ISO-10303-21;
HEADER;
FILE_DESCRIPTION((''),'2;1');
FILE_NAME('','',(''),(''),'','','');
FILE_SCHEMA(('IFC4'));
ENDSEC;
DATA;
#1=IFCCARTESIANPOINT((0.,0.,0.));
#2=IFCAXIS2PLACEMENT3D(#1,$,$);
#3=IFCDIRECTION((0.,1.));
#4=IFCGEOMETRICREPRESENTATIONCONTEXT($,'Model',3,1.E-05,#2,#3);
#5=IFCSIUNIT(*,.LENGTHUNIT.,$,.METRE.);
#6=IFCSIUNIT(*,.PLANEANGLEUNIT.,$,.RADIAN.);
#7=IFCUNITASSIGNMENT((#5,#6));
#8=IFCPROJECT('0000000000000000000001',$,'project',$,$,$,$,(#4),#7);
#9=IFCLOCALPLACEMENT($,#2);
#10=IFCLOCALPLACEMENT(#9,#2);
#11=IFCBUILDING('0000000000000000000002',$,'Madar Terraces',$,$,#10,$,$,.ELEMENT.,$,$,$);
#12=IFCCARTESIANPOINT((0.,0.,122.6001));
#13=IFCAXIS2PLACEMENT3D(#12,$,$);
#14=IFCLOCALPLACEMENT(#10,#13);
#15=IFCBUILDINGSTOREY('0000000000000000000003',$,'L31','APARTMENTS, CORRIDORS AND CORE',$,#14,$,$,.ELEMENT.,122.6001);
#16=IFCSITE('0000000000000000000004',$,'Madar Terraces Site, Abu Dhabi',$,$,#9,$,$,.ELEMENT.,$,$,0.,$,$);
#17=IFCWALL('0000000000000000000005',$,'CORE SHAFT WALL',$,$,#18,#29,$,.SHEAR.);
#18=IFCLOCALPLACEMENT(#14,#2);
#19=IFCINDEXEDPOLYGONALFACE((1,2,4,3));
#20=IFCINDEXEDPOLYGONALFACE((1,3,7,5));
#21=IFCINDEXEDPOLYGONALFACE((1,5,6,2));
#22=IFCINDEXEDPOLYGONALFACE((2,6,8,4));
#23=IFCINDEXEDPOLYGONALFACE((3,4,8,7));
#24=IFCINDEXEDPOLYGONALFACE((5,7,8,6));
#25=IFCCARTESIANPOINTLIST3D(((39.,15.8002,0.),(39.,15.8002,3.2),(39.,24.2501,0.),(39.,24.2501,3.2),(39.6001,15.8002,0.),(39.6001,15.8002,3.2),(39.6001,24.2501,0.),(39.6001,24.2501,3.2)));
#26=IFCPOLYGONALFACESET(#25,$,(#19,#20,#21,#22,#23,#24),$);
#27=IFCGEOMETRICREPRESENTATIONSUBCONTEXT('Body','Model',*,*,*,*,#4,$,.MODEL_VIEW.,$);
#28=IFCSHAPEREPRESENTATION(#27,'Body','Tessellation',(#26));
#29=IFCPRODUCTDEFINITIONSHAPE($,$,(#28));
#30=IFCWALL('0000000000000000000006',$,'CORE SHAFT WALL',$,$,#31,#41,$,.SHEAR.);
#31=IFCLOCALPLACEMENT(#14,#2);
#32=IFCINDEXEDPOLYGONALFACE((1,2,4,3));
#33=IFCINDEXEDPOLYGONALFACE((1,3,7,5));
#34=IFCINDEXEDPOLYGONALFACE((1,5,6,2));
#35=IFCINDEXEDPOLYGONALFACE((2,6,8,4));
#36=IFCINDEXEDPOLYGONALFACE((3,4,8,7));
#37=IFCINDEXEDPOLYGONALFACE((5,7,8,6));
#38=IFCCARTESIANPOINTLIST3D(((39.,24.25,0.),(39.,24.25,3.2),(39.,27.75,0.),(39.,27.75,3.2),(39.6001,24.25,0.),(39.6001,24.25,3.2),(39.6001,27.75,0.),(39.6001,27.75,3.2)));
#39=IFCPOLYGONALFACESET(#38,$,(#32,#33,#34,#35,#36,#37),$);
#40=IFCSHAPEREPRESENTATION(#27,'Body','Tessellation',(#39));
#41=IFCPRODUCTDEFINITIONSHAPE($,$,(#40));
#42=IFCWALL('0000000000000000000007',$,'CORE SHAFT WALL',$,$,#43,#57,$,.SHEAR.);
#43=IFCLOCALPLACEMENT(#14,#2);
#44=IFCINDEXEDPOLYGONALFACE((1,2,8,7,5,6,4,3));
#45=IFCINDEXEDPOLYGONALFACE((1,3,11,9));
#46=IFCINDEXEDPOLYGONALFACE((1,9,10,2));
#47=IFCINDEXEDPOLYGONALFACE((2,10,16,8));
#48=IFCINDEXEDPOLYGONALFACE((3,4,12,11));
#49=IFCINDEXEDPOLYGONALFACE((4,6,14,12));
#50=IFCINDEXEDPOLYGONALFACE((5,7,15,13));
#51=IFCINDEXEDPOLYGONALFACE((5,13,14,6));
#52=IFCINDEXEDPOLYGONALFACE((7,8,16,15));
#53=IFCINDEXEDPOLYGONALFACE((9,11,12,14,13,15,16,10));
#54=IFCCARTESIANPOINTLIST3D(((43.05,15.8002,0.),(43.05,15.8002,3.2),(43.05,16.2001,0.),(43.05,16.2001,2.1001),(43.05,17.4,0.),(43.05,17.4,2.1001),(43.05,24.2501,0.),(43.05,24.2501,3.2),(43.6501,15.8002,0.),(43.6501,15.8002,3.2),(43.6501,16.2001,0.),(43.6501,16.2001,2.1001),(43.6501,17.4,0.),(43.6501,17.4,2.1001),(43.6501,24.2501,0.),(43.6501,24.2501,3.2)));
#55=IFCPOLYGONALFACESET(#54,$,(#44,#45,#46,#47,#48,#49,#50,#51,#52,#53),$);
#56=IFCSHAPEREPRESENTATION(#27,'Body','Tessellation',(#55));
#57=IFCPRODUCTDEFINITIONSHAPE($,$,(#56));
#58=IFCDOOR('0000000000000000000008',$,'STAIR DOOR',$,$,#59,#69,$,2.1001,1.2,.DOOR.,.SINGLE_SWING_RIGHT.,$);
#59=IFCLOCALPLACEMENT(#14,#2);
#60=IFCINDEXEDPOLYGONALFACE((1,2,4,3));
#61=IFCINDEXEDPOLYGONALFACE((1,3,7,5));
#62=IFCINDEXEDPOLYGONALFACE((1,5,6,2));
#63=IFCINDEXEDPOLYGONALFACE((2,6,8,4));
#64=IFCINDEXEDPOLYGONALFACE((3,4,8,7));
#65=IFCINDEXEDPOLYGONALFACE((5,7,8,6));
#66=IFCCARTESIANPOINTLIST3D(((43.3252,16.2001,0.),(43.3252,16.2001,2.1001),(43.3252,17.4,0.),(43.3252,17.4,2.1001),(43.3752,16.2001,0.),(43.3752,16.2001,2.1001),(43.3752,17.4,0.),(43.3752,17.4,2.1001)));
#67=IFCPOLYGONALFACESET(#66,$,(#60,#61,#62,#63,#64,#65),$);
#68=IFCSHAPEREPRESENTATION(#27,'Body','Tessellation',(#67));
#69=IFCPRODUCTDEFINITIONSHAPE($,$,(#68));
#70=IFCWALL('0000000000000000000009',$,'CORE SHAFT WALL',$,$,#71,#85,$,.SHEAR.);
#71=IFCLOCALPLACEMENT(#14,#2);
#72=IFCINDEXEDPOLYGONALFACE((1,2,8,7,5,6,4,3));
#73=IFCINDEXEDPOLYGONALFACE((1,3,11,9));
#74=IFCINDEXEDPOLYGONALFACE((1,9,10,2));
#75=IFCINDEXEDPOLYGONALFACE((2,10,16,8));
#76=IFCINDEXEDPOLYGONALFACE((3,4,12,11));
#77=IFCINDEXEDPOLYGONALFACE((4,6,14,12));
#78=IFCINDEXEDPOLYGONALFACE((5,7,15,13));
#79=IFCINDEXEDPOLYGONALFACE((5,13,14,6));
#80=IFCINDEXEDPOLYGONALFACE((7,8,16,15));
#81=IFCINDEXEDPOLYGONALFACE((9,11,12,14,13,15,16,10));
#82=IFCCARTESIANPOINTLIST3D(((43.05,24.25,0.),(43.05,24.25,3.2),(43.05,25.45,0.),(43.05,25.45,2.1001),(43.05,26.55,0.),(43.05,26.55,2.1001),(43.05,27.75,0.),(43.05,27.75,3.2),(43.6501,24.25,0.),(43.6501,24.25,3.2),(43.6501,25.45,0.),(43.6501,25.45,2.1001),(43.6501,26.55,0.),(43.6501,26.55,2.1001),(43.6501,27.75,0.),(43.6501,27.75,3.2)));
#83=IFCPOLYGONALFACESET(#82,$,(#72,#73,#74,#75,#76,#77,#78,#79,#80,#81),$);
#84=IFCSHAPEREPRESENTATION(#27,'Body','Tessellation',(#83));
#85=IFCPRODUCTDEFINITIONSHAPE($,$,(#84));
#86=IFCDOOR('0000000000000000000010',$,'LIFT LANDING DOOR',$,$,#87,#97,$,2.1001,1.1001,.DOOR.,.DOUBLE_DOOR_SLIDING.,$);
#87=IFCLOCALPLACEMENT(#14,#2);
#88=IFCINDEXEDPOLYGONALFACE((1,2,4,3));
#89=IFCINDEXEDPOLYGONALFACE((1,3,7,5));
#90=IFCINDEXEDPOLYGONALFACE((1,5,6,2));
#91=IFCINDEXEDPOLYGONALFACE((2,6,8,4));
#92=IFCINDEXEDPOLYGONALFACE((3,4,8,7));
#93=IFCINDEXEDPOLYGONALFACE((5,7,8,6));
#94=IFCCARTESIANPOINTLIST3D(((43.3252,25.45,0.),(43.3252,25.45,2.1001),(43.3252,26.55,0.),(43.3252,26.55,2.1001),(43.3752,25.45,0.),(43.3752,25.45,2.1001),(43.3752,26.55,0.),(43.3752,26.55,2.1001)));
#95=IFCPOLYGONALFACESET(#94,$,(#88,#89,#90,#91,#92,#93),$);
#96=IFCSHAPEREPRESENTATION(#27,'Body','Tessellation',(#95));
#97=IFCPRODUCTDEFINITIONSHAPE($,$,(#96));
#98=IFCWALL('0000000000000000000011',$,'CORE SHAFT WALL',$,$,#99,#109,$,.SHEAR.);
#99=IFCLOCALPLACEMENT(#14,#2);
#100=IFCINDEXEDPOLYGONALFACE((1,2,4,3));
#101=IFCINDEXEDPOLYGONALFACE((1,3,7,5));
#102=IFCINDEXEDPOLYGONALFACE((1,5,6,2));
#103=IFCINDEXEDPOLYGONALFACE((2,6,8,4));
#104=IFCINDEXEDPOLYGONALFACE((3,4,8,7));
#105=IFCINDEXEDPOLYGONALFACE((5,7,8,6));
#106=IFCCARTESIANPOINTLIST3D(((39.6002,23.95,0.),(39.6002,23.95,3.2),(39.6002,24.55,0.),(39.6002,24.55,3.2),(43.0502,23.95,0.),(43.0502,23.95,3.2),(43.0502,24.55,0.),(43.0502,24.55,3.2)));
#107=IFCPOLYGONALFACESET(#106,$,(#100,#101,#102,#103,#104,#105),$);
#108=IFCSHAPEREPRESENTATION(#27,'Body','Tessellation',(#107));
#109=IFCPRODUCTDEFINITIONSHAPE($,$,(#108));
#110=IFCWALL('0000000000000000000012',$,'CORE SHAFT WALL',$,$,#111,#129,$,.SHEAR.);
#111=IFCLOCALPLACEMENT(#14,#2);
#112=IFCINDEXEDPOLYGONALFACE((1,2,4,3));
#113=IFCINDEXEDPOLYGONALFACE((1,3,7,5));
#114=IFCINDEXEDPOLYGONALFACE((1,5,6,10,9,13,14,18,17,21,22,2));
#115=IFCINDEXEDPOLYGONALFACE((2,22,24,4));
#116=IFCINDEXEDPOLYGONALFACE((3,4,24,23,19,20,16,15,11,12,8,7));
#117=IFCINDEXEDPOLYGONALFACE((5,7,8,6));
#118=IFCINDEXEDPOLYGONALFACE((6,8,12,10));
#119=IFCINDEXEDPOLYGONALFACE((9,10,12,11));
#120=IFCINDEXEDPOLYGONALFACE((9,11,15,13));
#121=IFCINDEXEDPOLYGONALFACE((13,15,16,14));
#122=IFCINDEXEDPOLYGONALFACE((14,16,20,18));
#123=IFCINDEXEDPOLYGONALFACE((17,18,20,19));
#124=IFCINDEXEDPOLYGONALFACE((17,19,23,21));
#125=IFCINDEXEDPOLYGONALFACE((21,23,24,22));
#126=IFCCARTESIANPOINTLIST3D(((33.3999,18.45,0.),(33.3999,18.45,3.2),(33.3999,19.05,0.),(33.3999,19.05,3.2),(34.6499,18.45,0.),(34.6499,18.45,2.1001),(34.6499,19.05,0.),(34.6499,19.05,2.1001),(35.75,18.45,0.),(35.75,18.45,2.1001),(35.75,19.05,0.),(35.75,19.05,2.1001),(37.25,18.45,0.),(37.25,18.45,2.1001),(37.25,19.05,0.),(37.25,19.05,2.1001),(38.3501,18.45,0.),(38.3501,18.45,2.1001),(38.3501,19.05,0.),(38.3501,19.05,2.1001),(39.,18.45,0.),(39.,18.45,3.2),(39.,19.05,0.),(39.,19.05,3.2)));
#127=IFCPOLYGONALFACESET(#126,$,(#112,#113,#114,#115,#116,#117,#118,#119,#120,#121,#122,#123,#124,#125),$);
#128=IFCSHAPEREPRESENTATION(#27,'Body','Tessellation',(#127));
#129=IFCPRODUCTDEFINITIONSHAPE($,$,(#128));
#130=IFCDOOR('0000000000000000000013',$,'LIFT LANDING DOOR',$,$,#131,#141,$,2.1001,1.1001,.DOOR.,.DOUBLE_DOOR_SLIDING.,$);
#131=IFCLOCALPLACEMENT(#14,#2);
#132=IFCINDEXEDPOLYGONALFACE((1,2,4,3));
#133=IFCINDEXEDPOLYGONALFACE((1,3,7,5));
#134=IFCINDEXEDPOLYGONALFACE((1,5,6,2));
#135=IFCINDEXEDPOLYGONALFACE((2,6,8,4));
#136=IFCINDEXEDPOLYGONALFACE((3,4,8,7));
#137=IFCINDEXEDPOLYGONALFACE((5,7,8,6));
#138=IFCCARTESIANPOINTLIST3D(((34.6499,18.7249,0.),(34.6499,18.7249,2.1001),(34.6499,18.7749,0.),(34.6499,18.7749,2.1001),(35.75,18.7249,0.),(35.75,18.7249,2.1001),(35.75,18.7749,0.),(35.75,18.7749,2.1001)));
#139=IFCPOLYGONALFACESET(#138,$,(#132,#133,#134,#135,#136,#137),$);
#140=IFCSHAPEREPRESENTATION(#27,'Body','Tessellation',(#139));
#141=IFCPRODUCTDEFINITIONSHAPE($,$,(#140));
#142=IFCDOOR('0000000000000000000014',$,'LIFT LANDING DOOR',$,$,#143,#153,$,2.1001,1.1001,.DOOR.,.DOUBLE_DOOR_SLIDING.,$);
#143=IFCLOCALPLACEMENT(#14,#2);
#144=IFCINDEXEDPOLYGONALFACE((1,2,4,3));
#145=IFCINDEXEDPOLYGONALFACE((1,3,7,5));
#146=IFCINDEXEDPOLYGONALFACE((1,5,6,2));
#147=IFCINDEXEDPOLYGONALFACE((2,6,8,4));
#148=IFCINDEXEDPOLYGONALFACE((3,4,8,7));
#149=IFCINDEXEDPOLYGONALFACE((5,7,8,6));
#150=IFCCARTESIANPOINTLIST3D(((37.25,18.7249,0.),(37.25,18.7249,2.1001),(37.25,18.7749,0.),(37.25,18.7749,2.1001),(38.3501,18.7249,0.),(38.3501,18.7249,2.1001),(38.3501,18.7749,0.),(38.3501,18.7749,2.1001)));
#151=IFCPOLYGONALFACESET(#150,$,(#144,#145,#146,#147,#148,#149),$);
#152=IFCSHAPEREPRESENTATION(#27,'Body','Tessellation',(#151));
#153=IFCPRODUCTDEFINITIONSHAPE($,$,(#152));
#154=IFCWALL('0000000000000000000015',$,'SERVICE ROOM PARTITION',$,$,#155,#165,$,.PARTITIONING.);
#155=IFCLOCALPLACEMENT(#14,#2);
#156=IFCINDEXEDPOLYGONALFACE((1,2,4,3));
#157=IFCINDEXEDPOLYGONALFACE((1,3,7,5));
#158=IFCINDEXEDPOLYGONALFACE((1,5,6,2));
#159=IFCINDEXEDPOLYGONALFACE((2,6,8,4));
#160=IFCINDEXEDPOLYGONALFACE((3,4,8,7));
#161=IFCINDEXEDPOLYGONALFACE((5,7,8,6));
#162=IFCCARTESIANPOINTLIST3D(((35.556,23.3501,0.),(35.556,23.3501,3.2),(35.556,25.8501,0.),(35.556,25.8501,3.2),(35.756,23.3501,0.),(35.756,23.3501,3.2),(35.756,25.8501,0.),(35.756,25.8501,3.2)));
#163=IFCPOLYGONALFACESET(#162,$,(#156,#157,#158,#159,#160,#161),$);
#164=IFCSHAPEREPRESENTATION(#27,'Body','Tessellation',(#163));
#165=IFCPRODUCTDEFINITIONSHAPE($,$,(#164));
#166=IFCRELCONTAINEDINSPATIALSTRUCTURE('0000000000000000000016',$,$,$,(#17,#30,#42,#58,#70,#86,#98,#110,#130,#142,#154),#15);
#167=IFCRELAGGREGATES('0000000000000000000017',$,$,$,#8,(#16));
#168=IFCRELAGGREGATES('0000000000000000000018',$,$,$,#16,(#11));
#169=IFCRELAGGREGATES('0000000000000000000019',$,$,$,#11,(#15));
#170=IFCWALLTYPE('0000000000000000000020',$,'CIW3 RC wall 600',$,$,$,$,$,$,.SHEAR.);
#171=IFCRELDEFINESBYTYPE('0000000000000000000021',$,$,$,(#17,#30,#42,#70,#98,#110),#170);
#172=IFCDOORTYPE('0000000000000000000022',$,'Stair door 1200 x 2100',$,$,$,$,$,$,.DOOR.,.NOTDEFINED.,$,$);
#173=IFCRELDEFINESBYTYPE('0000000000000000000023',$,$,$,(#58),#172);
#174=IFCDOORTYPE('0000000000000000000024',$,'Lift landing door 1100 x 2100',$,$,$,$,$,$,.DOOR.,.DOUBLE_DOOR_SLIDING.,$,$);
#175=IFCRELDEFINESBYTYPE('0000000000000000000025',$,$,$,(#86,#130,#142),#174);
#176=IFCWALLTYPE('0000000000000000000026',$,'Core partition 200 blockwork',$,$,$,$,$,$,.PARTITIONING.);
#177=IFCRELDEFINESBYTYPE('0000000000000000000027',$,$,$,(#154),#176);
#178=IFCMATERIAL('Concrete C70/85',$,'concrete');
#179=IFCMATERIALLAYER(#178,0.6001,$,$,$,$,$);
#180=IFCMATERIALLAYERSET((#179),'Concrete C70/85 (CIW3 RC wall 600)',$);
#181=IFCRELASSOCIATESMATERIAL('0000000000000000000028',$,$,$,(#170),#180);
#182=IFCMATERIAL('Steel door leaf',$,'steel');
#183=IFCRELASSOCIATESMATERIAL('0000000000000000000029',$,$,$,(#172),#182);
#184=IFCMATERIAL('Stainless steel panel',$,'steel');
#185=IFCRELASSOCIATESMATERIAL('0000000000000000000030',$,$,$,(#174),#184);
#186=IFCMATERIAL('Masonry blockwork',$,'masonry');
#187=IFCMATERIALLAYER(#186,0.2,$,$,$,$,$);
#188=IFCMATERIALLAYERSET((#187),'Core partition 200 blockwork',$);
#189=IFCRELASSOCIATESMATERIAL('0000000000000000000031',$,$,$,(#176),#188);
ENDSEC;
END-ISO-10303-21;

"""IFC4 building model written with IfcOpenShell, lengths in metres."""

from ifc_helpers import new_model, si_unit, direction, frame, frame_2d, origin, place, context, subcontext, project, spatial, rectangle, extrude, material, layer, layer_set, type_object, element, fill, save


model = new_model("IFC4")

# Units and contexts
model_context = context("Model", 3, precision=1e-05, world=origin(), true_north=direction((0.0, 1.0)))
body_context = subcontext(model_context, "Body", "Model", "MODEL_VIEW")
ifc_project = project(units=[si_unit("LENGTHUNIT", "METRE"), si_unit("PLANEANGLEUNIT", "RADIAN")], contexts=[model_context])

# Site, building, storey
site_placement = place(None, origin())
site = spatial("IfcSite", under=ifc_project, at=site_placement, Name="Madar Terraces Site, Abu Dhabi", CompositionType="ELEMENT", RefElevation=0.0)
building_placement = place(site_placement, origin())
building = spatial("IfcBuilding", under=site, at=building_placement, Name="Madar Terraces", CompositionType="ELEMENT")
storey_placement = place(building_placement, frame((0.0, 0.0, 122.6001)))
storey = spatial("IfcBuildingStorey", under=building, at=storey_placement, Name="L31", Description="APARTMENTS, CORRIDORS AND CORE", CompositionType="ELEMENT", Elevation=122.6001)

# Walls
ifc_material_1 = material(Name="Concrete C70/85", Category="concrete")
ifc_layer_1 = layer(ifc_material_1, 0.6001)
ifc_layer_set_1 = layer_set([ifc_layer_1], Name="Concrete C70/85 (CIW3 RC wall 600)")
wall_type_1 = type_object("IfcWallType", Name="CIW3 RC wall 600", PredefinedType="SHEAR", material=ifc_layer_set_1)
wall_1_placement = place(storey_placement, frame((39.3, 15.8, 0.0), z_axis=(0.0, 0.0, 1.0), x_axis=(0.0, 1.0, 0.0)))
element("IfcWall", 1, at=wall_1_placement, inside=storey, type_object=wall_type_1, Name="CORE SHAFT WALL", PredefinedType="SHEAR", context=body_context, shape_type="SweptSolid", body=[
    extrude(rectangle(XDim=8.45, YDim=0.6001, at=frame_2d((4.2251, 0.0))), origin(), (0.0, 0.0, 1.0), 3.2),
])
wall_2_placement = place(storey_placement, frame((39.3, 24.25, 0.0), z_axis=(0.0, 0.0, 1.0), x_axis=(0.0, 1.0, 0.0)))
element("IfcWall", 2, at=wall_2_placement, inside=storey, type_object=wall_type_1, Name="CORE SHAFT WALL", PredefinedType="SHEAR", context=body_context, shape_type="SweptSolid", body=[
    extrude(rectangle(XDim=3.5, YDim=0.6001, at=frame_2d((1.75, 0.0))), origin(), (0.0, 0.0, 1.0), 3.2),
])

# Walls, openings, doors
wall_3_placement = place(storey_placement, frame((43.3501, 15.8, 0.0), z_axis=(0.0, 0.0, 1.0), x_axis=(0.0, 1.0, 0.0)))
wall_3 = element("IfcWall", 3, at=wall_3_placement, inside=storey, type_object=wall_type_1, Name="CORE SHAFT WALL", PredefinedType="SHEAR", context=body_context, shape_type="SweptSolid", body=[
    extrude(rectangle(XDim=8.45, YDim=0.6001, at=frame_2d((4.2251, 0.0))), origin(), (0.0, 0.0, 1.0), 3.2),
])
opening_1_placement = place(wall_3_placement, frame((0.3999, 0.0, 0.0)))
opening_1 = element("IfcOpeningElement", 4, at=opening_1_placement, cuts=wall_3, PredefinedType="OPENING", context=body_context, shape_type="SweptSolid", body=[
    extrude(rectangle(XDim=1.2, YDim=2.1001, at=frame_2d((0.6001, 1.05))), frame((0.0, 0.3101, 0.0), z_axis=(0.0, -1.0, 0.0), x_axis=(1.0, 0.0, 0.0)), (0.0, 0.0, 1.0), 0.6201),
])
ifc_material_2 = material(Name="Steel door leaf", Category="steel")
door_type_1 = type_object("IfcDoorType", Name="Stair door 1200 x 2100", OperationType="NOTDEFINED", PredefinedType="DOOR", material=ifc_material_2)
door_1_placement = place(opening_1_placement, origin())
door_1 = element("IfcDoor", 5, at=door_1_placement, inside=storey, type_object=door_type_1, Name="STAIR DOOR", OperationType="SINGLE_SWING_RIGHT", OverallHeight=2.1001, OverallWidth=1.2, PredefinedType="DOOR", context=body_context, shape_type="SweptSolid", body=[
    extrude(rectangle(XDim=1.2, YDim=2.1001, at=frame_2d((0.6001, 1.05))), frame((0.0, 0.0249, 0.0), z_axis=(0.0, -1.0, 0.0), x_axis=(1.0, 0.0, 0.0)), (0.0, 0.0, 1.0), 0.05),
])
fill(opening_1, door_1)
wall_4_placement = place(storey_placement, frame((43.3501, 24.25, 0.0), z_axis=(0.0, 0.0, 1.0), x_axis=(0.0, 1.0, 0.0)))
wall_4 = element("IfcWall", 6, at=wall_4_placement, inside=storey, type_object=wall_type_1, Name="CORE SHAFT WALL", PredefinedType="SHEAR", context=body_context, shape_type="SweptSolid", body=[
    extrude(rectangle(XDim=3.5, YDim=0.6001, at=frame_2d((1.75, 0.0))), origin(), (0.0, 0.0, 1.0), 3.2),
])
opening_2_placement = place(wall_4_placement, frame((1.2, 0.0, 0.0)))
opening_2 = element("IfcOpeningElement", 7, at=opening_2_placement, cuts=wall_4, PredefinedType="OPENING", context=body_context, shape_type="SweptSolid", body=[
    extrude(rectangle(XDim=1.1001, YDim=2.1001, at=frame_2d((0.55, 1.05))), frame((0.0, 0.3101, 0.0), z_axis=(0.0, -1.0, 0.0), x_axis=(1.0, 0.0, 0.0)), (0.0, 0.0, 1.0), 0.6201),
])
ifc_material_3 = material(Name="Stainless steel panel", Category="steel")
door_type_2 = type_object("IfcDoorType", Name="Lift landing door 1100 x 2100", OperationType="DOUBLE_DOOR_SLIDING", PredefinedType="DOOR", material=ifc_material_3)
door_2_placement = place(opening_2_placement, origin())
door_2 = element("IfcDoor", 8, at=door_2_placement, inside=storey, type_object=door_type_2, Name="LIFT LANDING DOOR", OperationType="DOUBLE_DOOR_SLIDING", OverallHeight=2.1001, OverallWidth=1.1001, PredefinedType="DOOR", context=body_context, shape_type="SweptSolid", body=[
    extrude(rectangle(XDim=1.1001, YDim=2.1001, at=frame_2d((0.55, 1.05))), frame((0.0, 0.0249, 0.0), z_axis=(0.0, -1.0, 0.0), x_axis=(1.0, 0.0, 0.0)), (0.0, 0.0, 1.0), 0.05),
])
fill(opening_2, door_2)

# Wall
wall_5_placement = place(storey_placement, frame((39.6001, 24.25, 0.0), z_axis=(0.0, 0.0, 1.0), x_axis=(1.0, 0.0, 0.0)))
element("IfcWall", 9, at=wall_5_placement, inside=storey, type_object=wall_type_1, Name="CORE SHAFT WALL", PredefinedType="SHEAR", context=body_context, shape_type="SweptSolid", body=[
    extrude(rectangle(XDim=3.45, YDim=0.6001, at=frame_2d((1.7251, 0.0))), origin(), (0.0, 0.0, 1.0), 3.2),
])

# Wall, openings, doors
wall_6_placement = place(storey_placement, frame((33.3999, 18.75, 0.0), z_axis=(0.0, 0.0, 1.0), x_axis=(1.0, 0.0, 0.0)))
wall_6 = element("IfcWall", 10, at=wall_6_placement, inside=storey, type_object=wall_type_1, Name="CORE SHAFT WALL", PredefinedType="SHEAR", context=body_context, shape_type="SweptSolid", body=[
    extrude(rectangle(XDim=5.6001, YDim=0.6001, at=frame_2d((2.8, 0.0))), origin(), (0.0, 0.0, 1.0), 3.2),
])
opening_3_placement = place(wall_6_placement, frame((1.25, 0.0, 0.0)))
opening_3 = element("IfcOpeningElement", 11, at=opening_3_placement, cuts=wall_6, PredefinedType="OPENING", context=body_context, shape_type="SweptSolid", body=[
    extrude(rectangle(XDim=1.1001, YDim=2.1001, at=frame_2d((0.55, 1.05))), frame((0.0, 0.3101, 0.0), z_axis=(0.0, -1.0, 0.0), x_axis=(1.0, 0.0, 0.0)), (0.0, 0.0, 1.0), 0.6201),
])
opening_4_placement = place(wall_6_placement, frame((3.8501, 0.0, 0.0)))
opening_4 = element("IfcOpeningElement", 12, at=opening_4_placement, cuts=wall_6, PredefinedType="OPENING", context=body_context, shape_type="SweptSolid", body=[
    extrude(rectangle(XDim=1.1001, YDim=2.1001, at=frame_2d((0.55, 1.05))), frame((0.0, 0.3101, 0.0), z_axis=(0.0, -1.0, 0.0), x_axis=(1.0, 0.0, 0.0)), (0.0, 0.0, 1.0), 0.6201),
])
door_3_placement = place(opening_3_placement, origin())
door_3 = element("IfcDoor", 13, at=door_3_placement, inside=storey, type_object=door_type_2, Name="LIFT LANDING DOOR", OperationType="DOUBLE_DOOR_SLIDING", OverallHeight=2.1001, OverallWidth=1.1001, PredefinedType="DOOR", context=body_context, shape_type="SweptSolid", body=[
    extrude(rectangle(XDim=1.1001, YDim=2.1001, at=frame_2d((0.55, 1.05))), frame((0.0, 0.0249, 0.0), z_axis=(0.0, -1.0, 0.0), x_axis=(1.0, 0.0, 0.0)), (0.0, 0.0, 1.0), 0.05),
])
fill(opening_3, door_3)
door_4_placement = place(opening_4_placement, origin())
door_4 = element("IfcDoor", 14, at=door_4_placement, inside=storey, type_object=door_type_2, Name="LIFT LANDING DOOR", OperationType="DOUBLE_DOOR_SLIDING", OverallHeight=2.1001, OverallWidth=1.1001, PredefinedType="DOOR", context=body_context, shape_type="SweptSolid", body=[
    extrude(rectangle(XDim=1.1001, YDim=2.1001, at=frame_2d((0.55, 1.05))), frame((0.0, 0.0249, 0.0), z_axis=(0.0, -1.0, 0.0), x_axis=(1.0, 0.0, 0.0)), (0.0, 0.0, 1.0), 0.05),
])
fill(opening_4, door_4)

# Wall
ifc_material_4 = material(Name="Masonry blockwork", Category="masonry")
ifc_layer_2 = layer(ifc_material_4, 0.2)
ifc_layer_set_2 = layer_set([ifc_layer_2], Name="Core partition 200 blockwork")
wall_type_2 = type_object("IfcWallType", Name="Core partition 200 blockwork", PredefinedType="PARTITIONING", material=ifc_layer_set_2)
wall_7_placement = place(storey_placement, frame((35.656, 23.3501, 0.0), z_axis=(0.0, 0.0, 1.0), x_axis=(0.0, 1.0, 0.0)))
element("IfcWall", 15, at=wall_7_placement, inside=storey, type_object=wall_type_2, Name="SERVICE ROOM PARTITION", PredefinedType="PARTITIONING", context=body_context, shape_type="SweptSolid", body=[
    extrude(rectangle(XDim=2.5, YDim=0.2, at=frame_2d((1.25, 0.0))), origin(), (0.0, 0.0, 1.0), 3.2),
])

save(model, "model.ifc")
